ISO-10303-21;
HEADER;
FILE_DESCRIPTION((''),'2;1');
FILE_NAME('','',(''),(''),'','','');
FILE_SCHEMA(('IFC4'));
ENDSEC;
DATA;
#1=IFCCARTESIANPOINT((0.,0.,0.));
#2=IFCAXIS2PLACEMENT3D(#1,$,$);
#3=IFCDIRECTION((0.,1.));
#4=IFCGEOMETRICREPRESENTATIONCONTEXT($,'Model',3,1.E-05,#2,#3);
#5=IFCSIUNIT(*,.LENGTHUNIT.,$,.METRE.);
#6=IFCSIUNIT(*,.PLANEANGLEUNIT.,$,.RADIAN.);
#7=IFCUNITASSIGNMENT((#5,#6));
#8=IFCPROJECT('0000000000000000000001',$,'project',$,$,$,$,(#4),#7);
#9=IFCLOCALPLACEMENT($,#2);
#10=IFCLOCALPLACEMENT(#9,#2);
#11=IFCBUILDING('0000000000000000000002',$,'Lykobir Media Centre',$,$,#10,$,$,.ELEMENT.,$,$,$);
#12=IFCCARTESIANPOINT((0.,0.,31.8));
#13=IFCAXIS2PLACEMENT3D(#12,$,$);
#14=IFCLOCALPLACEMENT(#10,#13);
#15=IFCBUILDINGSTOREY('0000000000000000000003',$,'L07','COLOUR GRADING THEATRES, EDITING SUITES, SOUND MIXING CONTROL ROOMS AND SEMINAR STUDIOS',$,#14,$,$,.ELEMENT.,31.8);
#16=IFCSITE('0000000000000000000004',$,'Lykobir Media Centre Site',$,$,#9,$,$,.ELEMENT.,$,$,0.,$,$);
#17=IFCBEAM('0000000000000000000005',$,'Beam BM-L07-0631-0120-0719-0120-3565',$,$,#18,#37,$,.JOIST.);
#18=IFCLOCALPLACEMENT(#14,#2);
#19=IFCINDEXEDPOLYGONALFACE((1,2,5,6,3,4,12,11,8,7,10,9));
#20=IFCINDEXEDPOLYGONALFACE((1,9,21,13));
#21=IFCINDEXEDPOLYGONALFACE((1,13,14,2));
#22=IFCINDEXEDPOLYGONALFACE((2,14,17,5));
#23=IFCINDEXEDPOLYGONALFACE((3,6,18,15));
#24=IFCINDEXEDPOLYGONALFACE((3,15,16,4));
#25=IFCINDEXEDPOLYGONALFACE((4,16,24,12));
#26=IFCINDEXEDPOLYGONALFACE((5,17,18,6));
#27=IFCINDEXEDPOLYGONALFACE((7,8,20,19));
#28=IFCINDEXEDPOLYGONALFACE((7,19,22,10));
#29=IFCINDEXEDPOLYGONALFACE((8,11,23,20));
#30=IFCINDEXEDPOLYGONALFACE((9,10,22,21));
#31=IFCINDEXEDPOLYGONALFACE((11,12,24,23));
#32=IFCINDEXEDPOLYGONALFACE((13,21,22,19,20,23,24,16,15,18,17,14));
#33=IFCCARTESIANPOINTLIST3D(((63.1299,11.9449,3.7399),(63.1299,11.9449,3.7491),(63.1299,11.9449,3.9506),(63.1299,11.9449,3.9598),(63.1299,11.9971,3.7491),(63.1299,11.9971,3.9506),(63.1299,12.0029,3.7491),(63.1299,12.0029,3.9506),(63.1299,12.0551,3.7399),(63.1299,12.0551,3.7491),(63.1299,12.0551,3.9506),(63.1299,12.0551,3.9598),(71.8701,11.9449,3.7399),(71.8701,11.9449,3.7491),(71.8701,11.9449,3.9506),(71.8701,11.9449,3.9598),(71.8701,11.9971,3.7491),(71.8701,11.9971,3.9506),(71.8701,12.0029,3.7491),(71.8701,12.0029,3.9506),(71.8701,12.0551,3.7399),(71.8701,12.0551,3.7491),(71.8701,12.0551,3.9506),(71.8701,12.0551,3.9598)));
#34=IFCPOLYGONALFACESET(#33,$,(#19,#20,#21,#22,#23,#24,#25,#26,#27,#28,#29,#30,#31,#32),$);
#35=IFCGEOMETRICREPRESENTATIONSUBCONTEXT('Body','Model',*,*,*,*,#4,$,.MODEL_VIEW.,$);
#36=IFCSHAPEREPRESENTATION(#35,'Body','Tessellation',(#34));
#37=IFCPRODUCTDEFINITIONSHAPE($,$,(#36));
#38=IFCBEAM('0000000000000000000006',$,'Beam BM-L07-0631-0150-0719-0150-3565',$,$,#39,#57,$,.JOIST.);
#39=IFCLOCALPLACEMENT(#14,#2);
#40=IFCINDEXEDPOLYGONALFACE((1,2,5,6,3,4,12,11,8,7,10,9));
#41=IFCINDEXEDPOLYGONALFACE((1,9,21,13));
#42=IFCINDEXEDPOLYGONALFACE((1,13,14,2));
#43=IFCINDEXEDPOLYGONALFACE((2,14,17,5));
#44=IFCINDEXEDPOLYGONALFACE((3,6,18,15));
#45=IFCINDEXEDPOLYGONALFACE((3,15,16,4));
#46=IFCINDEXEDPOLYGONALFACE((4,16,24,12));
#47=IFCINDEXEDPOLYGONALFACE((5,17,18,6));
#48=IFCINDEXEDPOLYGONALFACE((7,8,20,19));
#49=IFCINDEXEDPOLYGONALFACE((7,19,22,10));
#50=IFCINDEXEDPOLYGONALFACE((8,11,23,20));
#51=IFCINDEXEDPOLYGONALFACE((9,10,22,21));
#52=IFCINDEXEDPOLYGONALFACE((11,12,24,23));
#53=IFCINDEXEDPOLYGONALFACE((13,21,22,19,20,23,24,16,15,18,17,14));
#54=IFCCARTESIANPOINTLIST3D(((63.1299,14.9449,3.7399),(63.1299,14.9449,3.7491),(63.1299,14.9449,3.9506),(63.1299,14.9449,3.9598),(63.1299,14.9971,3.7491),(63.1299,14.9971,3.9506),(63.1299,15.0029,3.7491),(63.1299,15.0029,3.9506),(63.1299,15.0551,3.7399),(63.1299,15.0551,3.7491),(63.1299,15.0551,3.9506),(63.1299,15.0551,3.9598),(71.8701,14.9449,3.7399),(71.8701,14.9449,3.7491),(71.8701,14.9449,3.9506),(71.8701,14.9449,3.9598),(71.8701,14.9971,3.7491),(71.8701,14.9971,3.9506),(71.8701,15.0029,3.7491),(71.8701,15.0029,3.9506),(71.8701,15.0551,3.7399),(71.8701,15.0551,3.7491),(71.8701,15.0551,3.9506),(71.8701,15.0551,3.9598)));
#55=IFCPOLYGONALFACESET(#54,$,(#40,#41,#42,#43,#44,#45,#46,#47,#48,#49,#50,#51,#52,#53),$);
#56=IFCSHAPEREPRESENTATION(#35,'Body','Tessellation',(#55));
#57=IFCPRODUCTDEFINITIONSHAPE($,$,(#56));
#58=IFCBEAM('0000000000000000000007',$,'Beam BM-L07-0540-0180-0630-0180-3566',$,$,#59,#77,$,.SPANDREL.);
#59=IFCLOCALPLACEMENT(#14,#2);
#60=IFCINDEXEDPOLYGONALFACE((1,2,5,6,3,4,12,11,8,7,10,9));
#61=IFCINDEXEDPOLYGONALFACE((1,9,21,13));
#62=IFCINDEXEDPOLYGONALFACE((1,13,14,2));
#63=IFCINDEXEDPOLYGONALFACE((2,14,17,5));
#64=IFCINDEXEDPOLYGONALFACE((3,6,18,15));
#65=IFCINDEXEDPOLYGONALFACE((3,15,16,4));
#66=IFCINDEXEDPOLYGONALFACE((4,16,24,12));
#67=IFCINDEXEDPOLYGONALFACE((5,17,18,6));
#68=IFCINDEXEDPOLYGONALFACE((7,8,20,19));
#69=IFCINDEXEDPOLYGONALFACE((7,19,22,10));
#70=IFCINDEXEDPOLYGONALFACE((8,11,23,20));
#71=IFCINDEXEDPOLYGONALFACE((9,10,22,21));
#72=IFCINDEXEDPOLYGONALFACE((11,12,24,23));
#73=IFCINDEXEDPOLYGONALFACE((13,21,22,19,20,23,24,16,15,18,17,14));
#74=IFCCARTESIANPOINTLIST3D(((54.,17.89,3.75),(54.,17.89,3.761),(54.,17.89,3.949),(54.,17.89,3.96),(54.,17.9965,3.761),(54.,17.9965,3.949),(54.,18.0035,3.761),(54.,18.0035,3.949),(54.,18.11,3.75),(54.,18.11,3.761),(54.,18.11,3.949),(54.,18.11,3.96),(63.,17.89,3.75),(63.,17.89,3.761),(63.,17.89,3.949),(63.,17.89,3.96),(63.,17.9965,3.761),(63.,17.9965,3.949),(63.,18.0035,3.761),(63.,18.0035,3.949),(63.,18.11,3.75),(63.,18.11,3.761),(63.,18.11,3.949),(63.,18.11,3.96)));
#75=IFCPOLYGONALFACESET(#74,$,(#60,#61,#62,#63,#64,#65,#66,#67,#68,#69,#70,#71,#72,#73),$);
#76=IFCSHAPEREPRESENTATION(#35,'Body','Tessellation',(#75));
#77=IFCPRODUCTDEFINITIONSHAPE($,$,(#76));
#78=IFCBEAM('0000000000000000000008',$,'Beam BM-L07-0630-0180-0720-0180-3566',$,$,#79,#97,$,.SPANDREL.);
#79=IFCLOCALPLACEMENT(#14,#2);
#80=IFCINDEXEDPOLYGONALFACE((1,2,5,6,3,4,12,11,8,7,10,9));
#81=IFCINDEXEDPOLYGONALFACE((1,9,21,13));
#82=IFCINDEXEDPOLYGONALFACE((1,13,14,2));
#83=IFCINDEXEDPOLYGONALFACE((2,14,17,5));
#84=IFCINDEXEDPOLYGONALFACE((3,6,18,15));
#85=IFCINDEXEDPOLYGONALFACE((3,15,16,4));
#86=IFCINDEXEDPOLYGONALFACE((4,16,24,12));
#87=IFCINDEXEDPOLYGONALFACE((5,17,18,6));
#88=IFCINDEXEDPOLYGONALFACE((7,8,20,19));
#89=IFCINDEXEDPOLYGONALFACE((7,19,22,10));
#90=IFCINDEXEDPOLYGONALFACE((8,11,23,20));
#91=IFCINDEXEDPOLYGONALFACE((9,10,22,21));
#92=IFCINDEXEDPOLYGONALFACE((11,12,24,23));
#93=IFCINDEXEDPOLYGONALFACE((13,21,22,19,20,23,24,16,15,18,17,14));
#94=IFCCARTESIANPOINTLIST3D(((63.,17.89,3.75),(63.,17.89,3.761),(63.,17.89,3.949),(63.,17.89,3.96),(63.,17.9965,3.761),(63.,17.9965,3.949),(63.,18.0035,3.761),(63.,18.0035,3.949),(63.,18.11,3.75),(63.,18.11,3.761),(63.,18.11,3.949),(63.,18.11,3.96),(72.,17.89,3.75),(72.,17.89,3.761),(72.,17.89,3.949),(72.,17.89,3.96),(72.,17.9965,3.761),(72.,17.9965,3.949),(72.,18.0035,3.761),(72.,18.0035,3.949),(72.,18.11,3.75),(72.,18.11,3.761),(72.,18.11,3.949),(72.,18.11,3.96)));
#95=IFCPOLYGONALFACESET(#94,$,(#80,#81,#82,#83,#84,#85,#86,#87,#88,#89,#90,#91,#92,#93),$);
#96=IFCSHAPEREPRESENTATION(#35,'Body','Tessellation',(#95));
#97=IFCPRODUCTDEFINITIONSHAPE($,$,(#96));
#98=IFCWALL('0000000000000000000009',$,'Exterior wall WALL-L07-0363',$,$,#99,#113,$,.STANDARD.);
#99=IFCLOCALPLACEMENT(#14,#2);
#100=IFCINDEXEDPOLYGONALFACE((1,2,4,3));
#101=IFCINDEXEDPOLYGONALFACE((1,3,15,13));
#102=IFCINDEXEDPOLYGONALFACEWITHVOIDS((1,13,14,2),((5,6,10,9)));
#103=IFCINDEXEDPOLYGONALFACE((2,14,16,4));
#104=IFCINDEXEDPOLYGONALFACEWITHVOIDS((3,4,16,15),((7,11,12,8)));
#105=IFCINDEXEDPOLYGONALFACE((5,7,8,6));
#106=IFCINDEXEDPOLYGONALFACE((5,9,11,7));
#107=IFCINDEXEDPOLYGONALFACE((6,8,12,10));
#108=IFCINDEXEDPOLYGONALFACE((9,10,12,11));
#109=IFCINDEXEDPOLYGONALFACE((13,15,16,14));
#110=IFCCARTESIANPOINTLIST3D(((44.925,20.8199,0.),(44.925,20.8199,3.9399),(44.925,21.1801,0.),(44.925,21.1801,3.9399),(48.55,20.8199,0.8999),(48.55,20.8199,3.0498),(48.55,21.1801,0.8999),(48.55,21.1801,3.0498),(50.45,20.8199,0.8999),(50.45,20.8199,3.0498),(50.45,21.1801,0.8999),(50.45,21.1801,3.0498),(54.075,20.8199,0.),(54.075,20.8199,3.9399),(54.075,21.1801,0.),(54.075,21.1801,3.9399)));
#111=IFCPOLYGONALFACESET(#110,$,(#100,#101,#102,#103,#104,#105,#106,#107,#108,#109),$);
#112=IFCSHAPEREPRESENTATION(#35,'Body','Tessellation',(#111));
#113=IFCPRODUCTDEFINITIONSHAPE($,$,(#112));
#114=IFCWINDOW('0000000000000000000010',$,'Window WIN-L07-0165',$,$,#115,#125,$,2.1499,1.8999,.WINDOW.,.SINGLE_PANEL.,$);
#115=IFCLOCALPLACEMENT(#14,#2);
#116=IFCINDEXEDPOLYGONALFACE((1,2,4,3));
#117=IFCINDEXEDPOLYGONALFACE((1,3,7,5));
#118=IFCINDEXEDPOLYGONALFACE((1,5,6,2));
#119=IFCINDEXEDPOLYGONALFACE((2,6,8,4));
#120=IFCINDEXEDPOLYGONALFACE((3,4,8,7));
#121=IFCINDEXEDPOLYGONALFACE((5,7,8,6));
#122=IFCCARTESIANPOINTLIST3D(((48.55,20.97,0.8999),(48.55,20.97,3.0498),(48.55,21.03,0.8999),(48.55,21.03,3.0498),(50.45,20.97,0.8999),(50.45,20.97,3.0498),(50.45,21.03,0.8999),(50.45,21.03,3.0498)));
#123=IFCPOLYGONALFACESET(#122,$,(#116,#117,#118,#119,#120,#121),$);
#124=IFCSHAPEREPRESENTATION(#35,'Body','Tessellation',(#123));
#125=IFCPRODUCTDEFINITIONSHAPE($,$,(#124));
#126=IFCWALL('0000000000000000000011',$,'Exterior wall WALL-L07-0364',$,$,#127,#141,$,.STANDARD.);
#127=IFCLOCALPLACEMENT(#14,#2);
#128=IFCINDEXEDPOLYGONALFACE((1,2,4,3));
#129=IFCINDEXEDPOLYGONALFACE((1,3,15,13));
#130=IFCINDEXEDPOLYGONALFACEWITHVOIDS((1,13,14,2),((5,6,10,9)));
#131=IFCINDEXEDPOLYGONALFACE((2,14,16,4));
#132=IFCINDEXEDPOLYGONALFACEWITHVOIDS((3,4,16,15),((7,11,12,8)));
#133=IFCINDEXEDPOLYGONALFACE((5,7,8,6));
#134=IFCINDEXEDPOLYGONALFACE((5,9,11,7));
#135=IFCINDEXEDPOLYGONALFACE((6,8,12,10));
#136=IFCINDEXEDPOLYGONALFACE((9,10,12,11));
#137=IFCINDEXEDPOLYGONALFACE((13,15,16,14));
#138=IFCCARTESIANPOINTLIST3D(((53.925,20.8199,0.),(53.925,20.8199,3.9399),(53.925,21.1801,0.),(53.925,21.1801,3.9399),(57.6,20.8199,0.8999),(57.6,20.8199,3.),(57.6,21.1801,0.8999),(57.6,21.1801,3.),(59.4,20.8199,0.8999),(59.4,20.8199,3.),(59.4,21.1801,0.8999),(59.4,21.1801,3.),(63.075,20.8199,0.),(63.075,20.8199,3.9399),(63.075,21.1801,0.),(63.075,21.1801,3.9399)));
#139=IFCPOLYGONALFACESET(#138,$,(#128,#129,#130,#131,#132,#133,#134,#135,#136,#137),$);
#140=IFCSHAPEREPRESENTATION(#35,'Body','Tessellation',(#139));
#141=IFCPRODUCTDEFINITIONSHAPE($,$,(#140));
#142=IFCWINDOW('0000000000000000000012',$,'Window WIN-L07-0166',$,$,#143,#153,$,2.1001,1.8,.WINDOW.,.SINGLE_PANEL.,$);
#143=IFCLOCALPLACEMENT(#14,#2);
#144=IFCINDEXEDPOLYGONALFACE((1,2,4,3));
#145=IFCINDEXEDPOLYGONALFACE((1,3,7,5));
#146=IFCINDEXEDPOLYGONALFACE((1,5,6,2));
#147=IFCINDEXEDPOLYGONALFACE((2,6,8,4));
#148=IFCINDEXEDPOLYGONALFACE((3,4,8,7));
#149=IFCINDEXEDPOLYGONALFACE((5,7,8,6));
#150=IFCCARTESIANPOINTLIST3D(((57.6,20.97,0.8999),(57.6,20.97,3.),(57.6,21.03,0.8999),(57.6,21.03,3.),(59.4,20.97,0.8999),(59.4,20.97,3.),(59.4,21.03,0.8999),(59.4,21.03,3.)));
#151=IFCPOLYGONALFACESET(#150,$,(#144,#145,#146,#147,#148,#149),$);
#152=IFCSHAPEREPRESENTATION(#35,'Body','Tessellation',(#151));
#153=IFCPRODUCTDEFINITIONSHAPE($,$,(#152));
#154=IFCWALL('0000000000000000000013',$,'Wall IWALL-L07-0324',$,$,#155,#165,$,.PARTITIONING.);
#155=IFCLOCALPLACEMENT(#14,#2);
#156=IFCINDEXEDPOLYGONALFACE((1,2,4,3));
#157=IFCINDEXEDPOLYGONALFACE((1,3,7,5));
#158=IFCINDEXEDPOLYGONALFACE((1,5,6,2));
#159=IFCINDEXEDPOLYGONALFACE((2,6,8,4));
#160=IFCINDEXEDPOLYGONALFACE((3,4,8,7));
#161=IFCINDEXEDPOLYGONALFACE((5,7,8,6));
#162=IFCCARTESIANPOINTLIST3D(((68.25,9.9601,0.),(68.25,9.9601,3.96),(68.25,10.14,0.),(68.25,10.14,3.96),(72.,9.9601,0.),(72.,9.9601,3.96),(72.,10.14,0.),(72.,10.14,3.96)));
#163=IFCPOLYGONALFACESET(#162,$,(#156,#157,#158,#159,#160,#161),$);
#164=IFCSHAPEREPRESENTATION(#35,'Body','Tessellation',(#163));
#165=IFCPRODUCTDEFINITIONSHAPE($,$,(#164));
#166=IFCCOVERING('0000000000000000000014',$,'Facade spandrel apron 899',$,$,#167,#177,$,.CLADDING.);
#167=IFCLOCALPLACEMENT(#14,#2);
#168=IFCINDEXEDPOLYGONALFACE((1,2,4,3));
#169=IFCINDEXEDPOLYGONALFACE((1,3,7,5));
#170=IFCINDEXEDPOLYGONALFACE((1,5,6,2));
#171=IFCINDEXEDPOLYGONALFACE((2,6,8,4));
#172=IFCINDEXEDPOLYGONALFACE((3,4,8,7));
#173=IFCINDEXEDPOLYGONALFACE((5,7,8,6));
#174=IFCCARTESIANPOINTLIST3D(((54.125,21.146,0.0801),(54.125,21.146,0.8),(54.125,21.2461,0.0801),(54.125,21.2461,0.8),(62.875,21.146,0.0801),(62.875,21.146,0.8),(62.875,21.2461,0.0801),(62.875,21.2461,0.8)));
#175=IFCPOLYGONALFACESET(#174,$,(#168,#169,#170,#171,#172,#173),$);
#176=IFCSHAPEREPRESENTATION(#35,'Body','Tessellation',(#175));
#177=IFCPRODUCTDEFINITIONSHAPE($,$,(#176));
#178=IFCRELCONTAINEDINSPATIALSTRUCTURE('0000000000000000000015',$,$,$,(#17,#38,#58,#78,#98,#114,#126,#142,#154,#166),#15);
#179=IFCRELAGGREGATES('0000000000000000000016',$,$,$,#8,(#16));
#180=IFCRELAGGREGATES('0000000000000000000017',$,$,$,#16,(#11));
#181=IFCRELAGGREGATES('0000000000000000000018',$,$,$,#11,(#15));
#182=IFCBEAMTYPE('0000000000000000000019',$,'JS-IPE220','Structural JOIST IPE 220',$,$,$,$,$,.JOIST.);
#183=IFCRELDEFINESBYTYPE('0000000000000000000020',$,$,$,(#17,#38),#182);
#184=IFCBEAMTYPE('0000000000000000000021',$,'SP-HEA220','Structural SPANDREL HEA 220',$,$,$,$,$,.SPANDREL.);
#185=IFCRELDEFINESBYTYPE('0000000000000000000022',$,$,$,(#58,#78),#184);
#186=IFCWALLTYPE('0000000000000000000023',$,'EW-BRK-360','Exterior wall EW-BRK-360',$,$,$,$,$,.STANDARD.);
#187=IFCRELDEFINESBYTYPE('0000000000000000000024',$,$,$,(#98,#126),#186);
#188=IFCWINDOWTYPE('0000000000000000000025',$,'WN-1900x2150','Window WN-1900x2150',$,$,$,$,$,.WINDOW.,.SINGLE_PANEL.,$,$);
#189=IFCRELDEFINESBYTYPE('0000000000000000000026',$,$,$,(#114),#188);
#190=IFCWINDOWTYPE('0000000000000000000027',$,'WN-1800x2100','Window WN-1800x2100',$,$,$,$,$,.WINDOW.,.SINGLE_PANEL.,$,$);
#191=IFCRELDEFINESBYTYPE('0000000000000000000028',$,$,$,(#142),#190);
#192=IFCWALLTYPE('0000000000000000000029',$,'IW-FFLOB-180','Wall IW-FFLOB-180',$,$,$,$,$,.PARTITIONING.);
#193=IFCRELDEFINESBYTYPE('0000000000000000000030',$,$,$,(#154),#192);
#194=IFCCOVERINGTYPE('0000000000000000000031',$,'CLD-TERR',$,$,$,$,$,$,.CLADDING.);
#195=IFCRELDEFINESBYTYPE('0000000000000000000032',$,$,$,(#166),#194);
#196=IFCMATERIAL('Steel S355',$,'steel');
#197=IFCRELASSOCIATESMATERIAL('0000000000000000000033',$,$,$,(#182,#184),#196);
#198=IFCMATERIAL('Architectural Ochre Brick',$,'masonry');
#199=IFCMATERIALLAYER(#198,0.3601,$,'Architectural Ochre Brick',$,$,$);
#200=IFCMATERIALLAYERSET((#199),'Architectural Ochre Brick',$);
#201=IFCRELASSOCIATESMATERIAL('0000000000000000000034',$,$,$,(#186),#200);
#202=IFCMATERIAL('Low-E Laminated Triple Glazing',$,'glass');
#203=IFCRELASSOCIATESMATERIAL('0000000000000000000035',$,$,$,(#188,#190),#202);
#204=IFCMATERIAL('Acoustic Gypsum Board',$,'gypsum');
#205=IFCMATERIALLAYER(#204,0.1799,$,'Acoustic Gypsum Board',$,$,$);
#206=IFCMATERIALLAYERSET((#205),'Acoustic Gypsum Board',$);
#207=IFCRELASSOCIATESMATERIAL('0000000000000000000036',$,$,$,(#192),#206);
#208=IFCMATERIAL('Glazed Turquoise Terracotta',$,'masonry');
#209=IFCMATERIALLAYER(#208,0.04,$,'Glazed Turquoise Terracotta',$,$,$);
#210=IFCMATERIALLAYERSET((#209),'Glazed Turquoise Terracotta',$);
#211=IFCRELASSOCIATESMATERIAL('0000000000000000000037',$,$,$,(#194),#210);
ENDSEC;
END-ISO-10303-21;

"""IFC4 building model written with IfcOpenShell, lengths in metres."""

from ifc_helpers import new_model, si_unit, direction, frame, frame_2d, origin, origin_2d, place, context, subcontext, project, spatial, rectangle, i_section, extrude, material, layer, layer_set, material_profile, profile_set, type_object, element, fill, save


model = new_model("IFC4")

# Units and contexts
model_context = context("Model", 3, precision=1e-05, world=origin(), true_north=direction((0.0, 1.0)))
body_context = subcontext(model_context, "Body", "Model", "MODEL_VIEW")
ifc_project = project(units=[si_unit("LENGTHUNIT", "METRE"), si_unit("PLANEANGLEUNIT", "RADIAN")], contexts=[model_context])

# Site, building, storey
site_placement = place(None, origin())
site = spatial("IfcSite", under=ifc_project, at=site_placement, Name="Lykobir Media Centre Site", CompositionType="ELEMENT", RefElevation=0.0)
building_placement = place(site_placement, origin())
building = spatial("IfcBuilding", under=site, at=building_placement, Name="Lykobir Media Centre", CompositionType="ELEMENT")
storey_placement = place(building_placement, frame((0.0, 0.0, 31.8)))
storey = spatial("IfcBuildingStorey", under=building, at=storey_placement, Name="L07", Description="COLOUR GRADING THEATRES, EDITING SUITES, SOUND MIXING CONTROL ROOMS AND SEMINAR STUDIOS", CompositionType="ELEMENT", Elevation=31.8)

# Shared definitions
ifc_material_1 = material(Name="Steel S355", Category="steel")

# Beams
ifc_material_profile_1 = material_profile(ifc_material_1, i_section(OverallWidth=0.1101, OverallDepth=0.22, WebThickness=0.0059, FlangeThickness=0.0093, at=origin_2d()), Name="IPE 220")
ifc_profile_set_1 = profile_set([ifc_material_profile_1], Name="Steel S355")
beam_type_1 = type_object("IfcBeamType", Name="JS-IPE220", Description="Structural JOIST IPE 220", PredefinedType="JOIST", material=ifc_profile_set_1)
for number, where, z_axis, x_axis, name in (
    (1, (63.1299, 12.0, 3.8499), (1.0, 0.0, 0.0), (0.0, 1.0, 0.0), "Beam BM-L07-0631-0120-0719-0120-3565"),
    (2, (63.1299, 15.0, 3.8499), (1.0, 0.0, 0.0), (0.0, 1.0, 0.0), "Beam BM-L07-0631-0150-0719-0150-3565"),
):
    element("IfcBeam", number, at=place(storey_placement, frame(where, z_axis=z_axis, x_axis=x_axis)), inside=storey, type_object=beam_type_1, Name=name, PredefinedType="JOIST", context=body_context, shape_type="SweptSolid", body=[
        extrude(i_section(OverallWidth=0.1101, OverallDepth=0.22, WebThickness=0.0059, FlangeThickness=0.0093, at=origin_2d()), origin(), (0.0, 0.0, 1.0), 8.7402),
    ])
ifc_material_profile_2 = material_profile(ifc_material_1, i_section(OverallWidth=0.22, OverallDepth=0.21, WebThickness=0.0071, FlangeThickness=0.011, at=origin_2d()), Name="HEA 220")
ifc_profile_set_2 = profile_set([ifc_material_profile_2], Name="Steel S355")
beam_type_2 = type_object("IfcBeamType", Name="SP-HEA220", Description="Structural SPANDREL HEA 220", PredefinedType="SPANDREL", material=ifc_profile_set_2)
for number, where, z_axis, x_axis, name in (
    (3, (54.0, 18.0, 3.855), (1.0, 0.0, 0.0), (0.0, 1.0, 0.0), "Beam BM-L07-0540-0180-0630-0180-3566"),
    (4, (63.0, 18.0, 3.855), (1.0, 0.0, 0.0), (0.0, 1.0, 0.0), "Beam BM-L07-0630-0180-0720-0180-3566"),
):
    element("IfcBeam", number, at=place(storey_placement, frame(where, z_axis=z_axis, x_axis=x_axis)), inside=storey, type_object=beam_type_2, Name=name, PredefinedType="SPANDREL", context=body_context, shape_type="SweptSolid", body=[
        extrude(i_section(OverallWidth=0.22, OverallDepth=0.21, WebThickness=0.0071, FlangeThickness=0.011, at=origin_2d()), origin(), (0.0, 0.0, 1.0), 9.0),
    ])

# Walls, openings, windows
ifc_material_2 = material(Name="Architectural Ochre Brick", Category="masonry")
ifc_layer_1 = layer(ifc_material_2, 0.3601, Name="Architectural Ochre Brick")
ifc_layer_set_1 = layer_set([ifc_layer_1], Name="Architectural Ochre Brick")
wall_type_1 = type_object("IfcWallType", Name="EW-BRK-360", Description="Exterior wall EW-BRK-360", PredefinedType="STANDARD", material=ifc_layer_set_1)
wall_1_placement = place(storey_placement, frame((54.075, 21.0, 0.0), z_axis=(0.0, 0.0, 1.0), x_axis=(-1.0, 0.0, 0.0)))
wall_1 = element("IfcWall", 5, at=wall_1_placement, inside=storey, type_object=wall_type_1, Name="Exterior wall WALL-L07-0363", PredefinedType="STANDARD", context=body_context, shape_type="SweptSolid", body=[
    extrude(rectangle(XDim=9.1499, YDim=0.3601, at=frame_2d((4.575, 0.0))), origin(), (0.0, 0.0, 1.0), 3.9399),
])
opening_1_placement = place(wall_1_placement, frame((3.625, 0.0, 0.8999)))
opening_1 = element("IfcOpeningElement", 6, at=opening_1_placement, cuts=wall_1, PredefinedType="OPENING", context=body_context, shape_type="SweptSolid", body=[
    extrude(rectangle(XDim=1.8999, YDim=2.1499, at=frame_2d((0.95, 1.075))), frame((0.0, 0.1899, 0.0), z_axis=(0.0, -1.0, 0.0), x_axis=(1.0, 0.0, 0.0)), (0.0, 0.0, 1.0), 0.3801),
])
ifc_material_3 = material(Name="Low-E Laminated Triple Glazing", Category="glass")
window_type_1 = type_object("IfcWindowType", Name="WN-1900x2150", Description="Window WN-1900x2150", PartitioningType="SINGLE_PANEL", PredefinedType="WINDOW", material=ifc_material_3)
window_1_placement = place(opening_1_placement, origin())
window_1 = element("IfcWindow", 7, at=window_1_placement, inside=storey, type_object=window_type_1, Name="Window WIN-L07-0165", OverallHeight=2.1499, OverallWidth=1.8999, PartitioningType="SINGLE_PANEL", PredefinedType="WINDOW", context=body_context, shape_type="SweptSolid", body=[
    extrude(rectangle(XDim=1.8999, YDim=2.1499, at=frame_2d((0.95, 1.075))), frame((0.0, 0.03, 0.0), z_axis=(0.0, -1.0, 0.0), x_axis=(1.0, 0.0, 0.0)), (0.0, 0.0, 1.0), 0.0601),
])
fill(opening_1, window_1)
wall_2_placement = place(storey_placement, frame((63.075, 21.0, 0.0), z_axis=(0.0, 0.0, 1.0), x_axis=(-1.0, 0.0, 0.0)))
wall_2 = element("IfcWall", 8, at=wall_2_placement, inside=storey, type_object=wall_type_1, Name="Exterior wall WALL-L07-0364", PredefinedType="STANDARD", context=body_context, shape_type="SweptSolid", body=[
    extrude(rectangle(XDim=9.1499, YDim=0.3601, at=frame_2d((4.575, 0.0))), origin(), (0.0, 0.0, 1.0), 3.9399),
])
opening_2_placement = place(wall_2_placement, frame((3.675, 0.0, 0.8999)))
opening_2 = element("IfcOpeningElement", 9, at=opening_2_placement, cuts=wall_2, PredefinedType="OPENING", context=body_context, shape_type="SweptSolid", body=[
    extrude(rectangle(XDim=1.8, YDim=2.1001, at=frame_2d((0.8999, 1.05))), frame((0.0, 0.1899, 0.0), z_axis=(0.0, -1.0, 0.0), x_axis=(1.0, 0.0, 0.0)), (0.0, 0.0, 1.0), 0.3801),
])
window_type_2 = type_object("IfcWindowType", Name="WN-1800x2100", Description="Window WN-1800x2100", PartitioningType="SINGLE_PANEL", PredefinedType="WINDOW", material=ifc_material_3)
window_2_placement = place(opening_2_placement, origin())
window_2 = element("IfcWindow", 10, at=window_2_placement, inside=storey, type_object=window_type_2, Name="Window WIN-L07-0166", OverallHeight=2.1001, OverallWidth=1.8, PartitioningType="SINGLE_PANEL", PredefinedType="WINDOW", context=body_context, shape_type="SweptSolid", body=[
    extrude(rectangle(XDim=1.8, YDim=2.1001, at=frame_2d((0.8999, 1.05))), frame((0.0, 0.03, 0.0), z_axis=(0.0, -1.0, 0.0), x_axis=(1.0, 0.0, 0.0)), (0.0, 0.0, 1.0), 0.0601),
])
fill(opening_2, window_2)

# Wall
ifc_material_4 = material(Name="Acoustic Gypsum Board", Category="gypsum")
ifc_layer_2 = layer(ifc_material_4, 0.1799, Name="Acoustic Gypsum Board")
ifc_layer_set_2 = layer_set([ifc_layer_2], Name="Acoustic Gypsum Board")
wall_type_2 = type_object("IfcWallType", Name="IW-FFLOB-180", Description="Wall IW-FFLOB-180", PredefinedType="PARTITIONING", material=ifc_layer_set_2)
wall_3_placement = place(storey_placement, frame((68.25, 10.05, 0.0), z_axis=(0.0, 0.0, 1.0), x_axis=(1.0, 0.0, 0.0)))
element("IfcWall", 11, at=wall_3_placement, inside=storey, type_object=wall_type_2, Name="Wall IWALL-L07-0324", PredefinedType="PARTITIONING", context=body_context, shape_type="SweptSolid", body=[
    extrude(rectangle(XDim=3.75, YDim=0.1799, at=frame_2d((1.875, 0.0))), origin(), (0.0, 0.0, 1.0), 3.96),
])

# Covering
ifc_material_5 = material(Name="Glazed Turquoise Terracotta", Category="masonry")
ifc_layer_3 = layer(ifc_material_5, 0.04, Name="Glazed Turquoise Terracotta")
ifc_layer_set_3 = layer_set([ifc_layer_3], Name="Glazed Turquoise Terracotta")
covering_type_1 = type_object("IfcCoveringType", Name="CLD-TERR", PredefinedType="CLADDING", material=ifc_layer_set_3)
for number, where, z_axis, x_axis, name in (
    (12, (58.5, 21.196, 0.0801), (0.0, 0.0, 1.0), (-1.0, 0.0, 0.0), "Facade spandrel apron 899"),
):
    element("IfcCovering", number, at=place(storey_placement, frame(where, z_axis=z_axis, x_axis=x_axis)), inside=storey, type_object=covering_type_1, Name=name, PredefinedType="CLADDING", context=body_context, shape_type="SweptSolid", body=[
        extrude(rectangle(XDim=8.75, YDim=0.1001, at=origin_2d()), origin(), (0.0, 0.0, 1.0), 0.72),
    ])

save(model, "model.ifc")
